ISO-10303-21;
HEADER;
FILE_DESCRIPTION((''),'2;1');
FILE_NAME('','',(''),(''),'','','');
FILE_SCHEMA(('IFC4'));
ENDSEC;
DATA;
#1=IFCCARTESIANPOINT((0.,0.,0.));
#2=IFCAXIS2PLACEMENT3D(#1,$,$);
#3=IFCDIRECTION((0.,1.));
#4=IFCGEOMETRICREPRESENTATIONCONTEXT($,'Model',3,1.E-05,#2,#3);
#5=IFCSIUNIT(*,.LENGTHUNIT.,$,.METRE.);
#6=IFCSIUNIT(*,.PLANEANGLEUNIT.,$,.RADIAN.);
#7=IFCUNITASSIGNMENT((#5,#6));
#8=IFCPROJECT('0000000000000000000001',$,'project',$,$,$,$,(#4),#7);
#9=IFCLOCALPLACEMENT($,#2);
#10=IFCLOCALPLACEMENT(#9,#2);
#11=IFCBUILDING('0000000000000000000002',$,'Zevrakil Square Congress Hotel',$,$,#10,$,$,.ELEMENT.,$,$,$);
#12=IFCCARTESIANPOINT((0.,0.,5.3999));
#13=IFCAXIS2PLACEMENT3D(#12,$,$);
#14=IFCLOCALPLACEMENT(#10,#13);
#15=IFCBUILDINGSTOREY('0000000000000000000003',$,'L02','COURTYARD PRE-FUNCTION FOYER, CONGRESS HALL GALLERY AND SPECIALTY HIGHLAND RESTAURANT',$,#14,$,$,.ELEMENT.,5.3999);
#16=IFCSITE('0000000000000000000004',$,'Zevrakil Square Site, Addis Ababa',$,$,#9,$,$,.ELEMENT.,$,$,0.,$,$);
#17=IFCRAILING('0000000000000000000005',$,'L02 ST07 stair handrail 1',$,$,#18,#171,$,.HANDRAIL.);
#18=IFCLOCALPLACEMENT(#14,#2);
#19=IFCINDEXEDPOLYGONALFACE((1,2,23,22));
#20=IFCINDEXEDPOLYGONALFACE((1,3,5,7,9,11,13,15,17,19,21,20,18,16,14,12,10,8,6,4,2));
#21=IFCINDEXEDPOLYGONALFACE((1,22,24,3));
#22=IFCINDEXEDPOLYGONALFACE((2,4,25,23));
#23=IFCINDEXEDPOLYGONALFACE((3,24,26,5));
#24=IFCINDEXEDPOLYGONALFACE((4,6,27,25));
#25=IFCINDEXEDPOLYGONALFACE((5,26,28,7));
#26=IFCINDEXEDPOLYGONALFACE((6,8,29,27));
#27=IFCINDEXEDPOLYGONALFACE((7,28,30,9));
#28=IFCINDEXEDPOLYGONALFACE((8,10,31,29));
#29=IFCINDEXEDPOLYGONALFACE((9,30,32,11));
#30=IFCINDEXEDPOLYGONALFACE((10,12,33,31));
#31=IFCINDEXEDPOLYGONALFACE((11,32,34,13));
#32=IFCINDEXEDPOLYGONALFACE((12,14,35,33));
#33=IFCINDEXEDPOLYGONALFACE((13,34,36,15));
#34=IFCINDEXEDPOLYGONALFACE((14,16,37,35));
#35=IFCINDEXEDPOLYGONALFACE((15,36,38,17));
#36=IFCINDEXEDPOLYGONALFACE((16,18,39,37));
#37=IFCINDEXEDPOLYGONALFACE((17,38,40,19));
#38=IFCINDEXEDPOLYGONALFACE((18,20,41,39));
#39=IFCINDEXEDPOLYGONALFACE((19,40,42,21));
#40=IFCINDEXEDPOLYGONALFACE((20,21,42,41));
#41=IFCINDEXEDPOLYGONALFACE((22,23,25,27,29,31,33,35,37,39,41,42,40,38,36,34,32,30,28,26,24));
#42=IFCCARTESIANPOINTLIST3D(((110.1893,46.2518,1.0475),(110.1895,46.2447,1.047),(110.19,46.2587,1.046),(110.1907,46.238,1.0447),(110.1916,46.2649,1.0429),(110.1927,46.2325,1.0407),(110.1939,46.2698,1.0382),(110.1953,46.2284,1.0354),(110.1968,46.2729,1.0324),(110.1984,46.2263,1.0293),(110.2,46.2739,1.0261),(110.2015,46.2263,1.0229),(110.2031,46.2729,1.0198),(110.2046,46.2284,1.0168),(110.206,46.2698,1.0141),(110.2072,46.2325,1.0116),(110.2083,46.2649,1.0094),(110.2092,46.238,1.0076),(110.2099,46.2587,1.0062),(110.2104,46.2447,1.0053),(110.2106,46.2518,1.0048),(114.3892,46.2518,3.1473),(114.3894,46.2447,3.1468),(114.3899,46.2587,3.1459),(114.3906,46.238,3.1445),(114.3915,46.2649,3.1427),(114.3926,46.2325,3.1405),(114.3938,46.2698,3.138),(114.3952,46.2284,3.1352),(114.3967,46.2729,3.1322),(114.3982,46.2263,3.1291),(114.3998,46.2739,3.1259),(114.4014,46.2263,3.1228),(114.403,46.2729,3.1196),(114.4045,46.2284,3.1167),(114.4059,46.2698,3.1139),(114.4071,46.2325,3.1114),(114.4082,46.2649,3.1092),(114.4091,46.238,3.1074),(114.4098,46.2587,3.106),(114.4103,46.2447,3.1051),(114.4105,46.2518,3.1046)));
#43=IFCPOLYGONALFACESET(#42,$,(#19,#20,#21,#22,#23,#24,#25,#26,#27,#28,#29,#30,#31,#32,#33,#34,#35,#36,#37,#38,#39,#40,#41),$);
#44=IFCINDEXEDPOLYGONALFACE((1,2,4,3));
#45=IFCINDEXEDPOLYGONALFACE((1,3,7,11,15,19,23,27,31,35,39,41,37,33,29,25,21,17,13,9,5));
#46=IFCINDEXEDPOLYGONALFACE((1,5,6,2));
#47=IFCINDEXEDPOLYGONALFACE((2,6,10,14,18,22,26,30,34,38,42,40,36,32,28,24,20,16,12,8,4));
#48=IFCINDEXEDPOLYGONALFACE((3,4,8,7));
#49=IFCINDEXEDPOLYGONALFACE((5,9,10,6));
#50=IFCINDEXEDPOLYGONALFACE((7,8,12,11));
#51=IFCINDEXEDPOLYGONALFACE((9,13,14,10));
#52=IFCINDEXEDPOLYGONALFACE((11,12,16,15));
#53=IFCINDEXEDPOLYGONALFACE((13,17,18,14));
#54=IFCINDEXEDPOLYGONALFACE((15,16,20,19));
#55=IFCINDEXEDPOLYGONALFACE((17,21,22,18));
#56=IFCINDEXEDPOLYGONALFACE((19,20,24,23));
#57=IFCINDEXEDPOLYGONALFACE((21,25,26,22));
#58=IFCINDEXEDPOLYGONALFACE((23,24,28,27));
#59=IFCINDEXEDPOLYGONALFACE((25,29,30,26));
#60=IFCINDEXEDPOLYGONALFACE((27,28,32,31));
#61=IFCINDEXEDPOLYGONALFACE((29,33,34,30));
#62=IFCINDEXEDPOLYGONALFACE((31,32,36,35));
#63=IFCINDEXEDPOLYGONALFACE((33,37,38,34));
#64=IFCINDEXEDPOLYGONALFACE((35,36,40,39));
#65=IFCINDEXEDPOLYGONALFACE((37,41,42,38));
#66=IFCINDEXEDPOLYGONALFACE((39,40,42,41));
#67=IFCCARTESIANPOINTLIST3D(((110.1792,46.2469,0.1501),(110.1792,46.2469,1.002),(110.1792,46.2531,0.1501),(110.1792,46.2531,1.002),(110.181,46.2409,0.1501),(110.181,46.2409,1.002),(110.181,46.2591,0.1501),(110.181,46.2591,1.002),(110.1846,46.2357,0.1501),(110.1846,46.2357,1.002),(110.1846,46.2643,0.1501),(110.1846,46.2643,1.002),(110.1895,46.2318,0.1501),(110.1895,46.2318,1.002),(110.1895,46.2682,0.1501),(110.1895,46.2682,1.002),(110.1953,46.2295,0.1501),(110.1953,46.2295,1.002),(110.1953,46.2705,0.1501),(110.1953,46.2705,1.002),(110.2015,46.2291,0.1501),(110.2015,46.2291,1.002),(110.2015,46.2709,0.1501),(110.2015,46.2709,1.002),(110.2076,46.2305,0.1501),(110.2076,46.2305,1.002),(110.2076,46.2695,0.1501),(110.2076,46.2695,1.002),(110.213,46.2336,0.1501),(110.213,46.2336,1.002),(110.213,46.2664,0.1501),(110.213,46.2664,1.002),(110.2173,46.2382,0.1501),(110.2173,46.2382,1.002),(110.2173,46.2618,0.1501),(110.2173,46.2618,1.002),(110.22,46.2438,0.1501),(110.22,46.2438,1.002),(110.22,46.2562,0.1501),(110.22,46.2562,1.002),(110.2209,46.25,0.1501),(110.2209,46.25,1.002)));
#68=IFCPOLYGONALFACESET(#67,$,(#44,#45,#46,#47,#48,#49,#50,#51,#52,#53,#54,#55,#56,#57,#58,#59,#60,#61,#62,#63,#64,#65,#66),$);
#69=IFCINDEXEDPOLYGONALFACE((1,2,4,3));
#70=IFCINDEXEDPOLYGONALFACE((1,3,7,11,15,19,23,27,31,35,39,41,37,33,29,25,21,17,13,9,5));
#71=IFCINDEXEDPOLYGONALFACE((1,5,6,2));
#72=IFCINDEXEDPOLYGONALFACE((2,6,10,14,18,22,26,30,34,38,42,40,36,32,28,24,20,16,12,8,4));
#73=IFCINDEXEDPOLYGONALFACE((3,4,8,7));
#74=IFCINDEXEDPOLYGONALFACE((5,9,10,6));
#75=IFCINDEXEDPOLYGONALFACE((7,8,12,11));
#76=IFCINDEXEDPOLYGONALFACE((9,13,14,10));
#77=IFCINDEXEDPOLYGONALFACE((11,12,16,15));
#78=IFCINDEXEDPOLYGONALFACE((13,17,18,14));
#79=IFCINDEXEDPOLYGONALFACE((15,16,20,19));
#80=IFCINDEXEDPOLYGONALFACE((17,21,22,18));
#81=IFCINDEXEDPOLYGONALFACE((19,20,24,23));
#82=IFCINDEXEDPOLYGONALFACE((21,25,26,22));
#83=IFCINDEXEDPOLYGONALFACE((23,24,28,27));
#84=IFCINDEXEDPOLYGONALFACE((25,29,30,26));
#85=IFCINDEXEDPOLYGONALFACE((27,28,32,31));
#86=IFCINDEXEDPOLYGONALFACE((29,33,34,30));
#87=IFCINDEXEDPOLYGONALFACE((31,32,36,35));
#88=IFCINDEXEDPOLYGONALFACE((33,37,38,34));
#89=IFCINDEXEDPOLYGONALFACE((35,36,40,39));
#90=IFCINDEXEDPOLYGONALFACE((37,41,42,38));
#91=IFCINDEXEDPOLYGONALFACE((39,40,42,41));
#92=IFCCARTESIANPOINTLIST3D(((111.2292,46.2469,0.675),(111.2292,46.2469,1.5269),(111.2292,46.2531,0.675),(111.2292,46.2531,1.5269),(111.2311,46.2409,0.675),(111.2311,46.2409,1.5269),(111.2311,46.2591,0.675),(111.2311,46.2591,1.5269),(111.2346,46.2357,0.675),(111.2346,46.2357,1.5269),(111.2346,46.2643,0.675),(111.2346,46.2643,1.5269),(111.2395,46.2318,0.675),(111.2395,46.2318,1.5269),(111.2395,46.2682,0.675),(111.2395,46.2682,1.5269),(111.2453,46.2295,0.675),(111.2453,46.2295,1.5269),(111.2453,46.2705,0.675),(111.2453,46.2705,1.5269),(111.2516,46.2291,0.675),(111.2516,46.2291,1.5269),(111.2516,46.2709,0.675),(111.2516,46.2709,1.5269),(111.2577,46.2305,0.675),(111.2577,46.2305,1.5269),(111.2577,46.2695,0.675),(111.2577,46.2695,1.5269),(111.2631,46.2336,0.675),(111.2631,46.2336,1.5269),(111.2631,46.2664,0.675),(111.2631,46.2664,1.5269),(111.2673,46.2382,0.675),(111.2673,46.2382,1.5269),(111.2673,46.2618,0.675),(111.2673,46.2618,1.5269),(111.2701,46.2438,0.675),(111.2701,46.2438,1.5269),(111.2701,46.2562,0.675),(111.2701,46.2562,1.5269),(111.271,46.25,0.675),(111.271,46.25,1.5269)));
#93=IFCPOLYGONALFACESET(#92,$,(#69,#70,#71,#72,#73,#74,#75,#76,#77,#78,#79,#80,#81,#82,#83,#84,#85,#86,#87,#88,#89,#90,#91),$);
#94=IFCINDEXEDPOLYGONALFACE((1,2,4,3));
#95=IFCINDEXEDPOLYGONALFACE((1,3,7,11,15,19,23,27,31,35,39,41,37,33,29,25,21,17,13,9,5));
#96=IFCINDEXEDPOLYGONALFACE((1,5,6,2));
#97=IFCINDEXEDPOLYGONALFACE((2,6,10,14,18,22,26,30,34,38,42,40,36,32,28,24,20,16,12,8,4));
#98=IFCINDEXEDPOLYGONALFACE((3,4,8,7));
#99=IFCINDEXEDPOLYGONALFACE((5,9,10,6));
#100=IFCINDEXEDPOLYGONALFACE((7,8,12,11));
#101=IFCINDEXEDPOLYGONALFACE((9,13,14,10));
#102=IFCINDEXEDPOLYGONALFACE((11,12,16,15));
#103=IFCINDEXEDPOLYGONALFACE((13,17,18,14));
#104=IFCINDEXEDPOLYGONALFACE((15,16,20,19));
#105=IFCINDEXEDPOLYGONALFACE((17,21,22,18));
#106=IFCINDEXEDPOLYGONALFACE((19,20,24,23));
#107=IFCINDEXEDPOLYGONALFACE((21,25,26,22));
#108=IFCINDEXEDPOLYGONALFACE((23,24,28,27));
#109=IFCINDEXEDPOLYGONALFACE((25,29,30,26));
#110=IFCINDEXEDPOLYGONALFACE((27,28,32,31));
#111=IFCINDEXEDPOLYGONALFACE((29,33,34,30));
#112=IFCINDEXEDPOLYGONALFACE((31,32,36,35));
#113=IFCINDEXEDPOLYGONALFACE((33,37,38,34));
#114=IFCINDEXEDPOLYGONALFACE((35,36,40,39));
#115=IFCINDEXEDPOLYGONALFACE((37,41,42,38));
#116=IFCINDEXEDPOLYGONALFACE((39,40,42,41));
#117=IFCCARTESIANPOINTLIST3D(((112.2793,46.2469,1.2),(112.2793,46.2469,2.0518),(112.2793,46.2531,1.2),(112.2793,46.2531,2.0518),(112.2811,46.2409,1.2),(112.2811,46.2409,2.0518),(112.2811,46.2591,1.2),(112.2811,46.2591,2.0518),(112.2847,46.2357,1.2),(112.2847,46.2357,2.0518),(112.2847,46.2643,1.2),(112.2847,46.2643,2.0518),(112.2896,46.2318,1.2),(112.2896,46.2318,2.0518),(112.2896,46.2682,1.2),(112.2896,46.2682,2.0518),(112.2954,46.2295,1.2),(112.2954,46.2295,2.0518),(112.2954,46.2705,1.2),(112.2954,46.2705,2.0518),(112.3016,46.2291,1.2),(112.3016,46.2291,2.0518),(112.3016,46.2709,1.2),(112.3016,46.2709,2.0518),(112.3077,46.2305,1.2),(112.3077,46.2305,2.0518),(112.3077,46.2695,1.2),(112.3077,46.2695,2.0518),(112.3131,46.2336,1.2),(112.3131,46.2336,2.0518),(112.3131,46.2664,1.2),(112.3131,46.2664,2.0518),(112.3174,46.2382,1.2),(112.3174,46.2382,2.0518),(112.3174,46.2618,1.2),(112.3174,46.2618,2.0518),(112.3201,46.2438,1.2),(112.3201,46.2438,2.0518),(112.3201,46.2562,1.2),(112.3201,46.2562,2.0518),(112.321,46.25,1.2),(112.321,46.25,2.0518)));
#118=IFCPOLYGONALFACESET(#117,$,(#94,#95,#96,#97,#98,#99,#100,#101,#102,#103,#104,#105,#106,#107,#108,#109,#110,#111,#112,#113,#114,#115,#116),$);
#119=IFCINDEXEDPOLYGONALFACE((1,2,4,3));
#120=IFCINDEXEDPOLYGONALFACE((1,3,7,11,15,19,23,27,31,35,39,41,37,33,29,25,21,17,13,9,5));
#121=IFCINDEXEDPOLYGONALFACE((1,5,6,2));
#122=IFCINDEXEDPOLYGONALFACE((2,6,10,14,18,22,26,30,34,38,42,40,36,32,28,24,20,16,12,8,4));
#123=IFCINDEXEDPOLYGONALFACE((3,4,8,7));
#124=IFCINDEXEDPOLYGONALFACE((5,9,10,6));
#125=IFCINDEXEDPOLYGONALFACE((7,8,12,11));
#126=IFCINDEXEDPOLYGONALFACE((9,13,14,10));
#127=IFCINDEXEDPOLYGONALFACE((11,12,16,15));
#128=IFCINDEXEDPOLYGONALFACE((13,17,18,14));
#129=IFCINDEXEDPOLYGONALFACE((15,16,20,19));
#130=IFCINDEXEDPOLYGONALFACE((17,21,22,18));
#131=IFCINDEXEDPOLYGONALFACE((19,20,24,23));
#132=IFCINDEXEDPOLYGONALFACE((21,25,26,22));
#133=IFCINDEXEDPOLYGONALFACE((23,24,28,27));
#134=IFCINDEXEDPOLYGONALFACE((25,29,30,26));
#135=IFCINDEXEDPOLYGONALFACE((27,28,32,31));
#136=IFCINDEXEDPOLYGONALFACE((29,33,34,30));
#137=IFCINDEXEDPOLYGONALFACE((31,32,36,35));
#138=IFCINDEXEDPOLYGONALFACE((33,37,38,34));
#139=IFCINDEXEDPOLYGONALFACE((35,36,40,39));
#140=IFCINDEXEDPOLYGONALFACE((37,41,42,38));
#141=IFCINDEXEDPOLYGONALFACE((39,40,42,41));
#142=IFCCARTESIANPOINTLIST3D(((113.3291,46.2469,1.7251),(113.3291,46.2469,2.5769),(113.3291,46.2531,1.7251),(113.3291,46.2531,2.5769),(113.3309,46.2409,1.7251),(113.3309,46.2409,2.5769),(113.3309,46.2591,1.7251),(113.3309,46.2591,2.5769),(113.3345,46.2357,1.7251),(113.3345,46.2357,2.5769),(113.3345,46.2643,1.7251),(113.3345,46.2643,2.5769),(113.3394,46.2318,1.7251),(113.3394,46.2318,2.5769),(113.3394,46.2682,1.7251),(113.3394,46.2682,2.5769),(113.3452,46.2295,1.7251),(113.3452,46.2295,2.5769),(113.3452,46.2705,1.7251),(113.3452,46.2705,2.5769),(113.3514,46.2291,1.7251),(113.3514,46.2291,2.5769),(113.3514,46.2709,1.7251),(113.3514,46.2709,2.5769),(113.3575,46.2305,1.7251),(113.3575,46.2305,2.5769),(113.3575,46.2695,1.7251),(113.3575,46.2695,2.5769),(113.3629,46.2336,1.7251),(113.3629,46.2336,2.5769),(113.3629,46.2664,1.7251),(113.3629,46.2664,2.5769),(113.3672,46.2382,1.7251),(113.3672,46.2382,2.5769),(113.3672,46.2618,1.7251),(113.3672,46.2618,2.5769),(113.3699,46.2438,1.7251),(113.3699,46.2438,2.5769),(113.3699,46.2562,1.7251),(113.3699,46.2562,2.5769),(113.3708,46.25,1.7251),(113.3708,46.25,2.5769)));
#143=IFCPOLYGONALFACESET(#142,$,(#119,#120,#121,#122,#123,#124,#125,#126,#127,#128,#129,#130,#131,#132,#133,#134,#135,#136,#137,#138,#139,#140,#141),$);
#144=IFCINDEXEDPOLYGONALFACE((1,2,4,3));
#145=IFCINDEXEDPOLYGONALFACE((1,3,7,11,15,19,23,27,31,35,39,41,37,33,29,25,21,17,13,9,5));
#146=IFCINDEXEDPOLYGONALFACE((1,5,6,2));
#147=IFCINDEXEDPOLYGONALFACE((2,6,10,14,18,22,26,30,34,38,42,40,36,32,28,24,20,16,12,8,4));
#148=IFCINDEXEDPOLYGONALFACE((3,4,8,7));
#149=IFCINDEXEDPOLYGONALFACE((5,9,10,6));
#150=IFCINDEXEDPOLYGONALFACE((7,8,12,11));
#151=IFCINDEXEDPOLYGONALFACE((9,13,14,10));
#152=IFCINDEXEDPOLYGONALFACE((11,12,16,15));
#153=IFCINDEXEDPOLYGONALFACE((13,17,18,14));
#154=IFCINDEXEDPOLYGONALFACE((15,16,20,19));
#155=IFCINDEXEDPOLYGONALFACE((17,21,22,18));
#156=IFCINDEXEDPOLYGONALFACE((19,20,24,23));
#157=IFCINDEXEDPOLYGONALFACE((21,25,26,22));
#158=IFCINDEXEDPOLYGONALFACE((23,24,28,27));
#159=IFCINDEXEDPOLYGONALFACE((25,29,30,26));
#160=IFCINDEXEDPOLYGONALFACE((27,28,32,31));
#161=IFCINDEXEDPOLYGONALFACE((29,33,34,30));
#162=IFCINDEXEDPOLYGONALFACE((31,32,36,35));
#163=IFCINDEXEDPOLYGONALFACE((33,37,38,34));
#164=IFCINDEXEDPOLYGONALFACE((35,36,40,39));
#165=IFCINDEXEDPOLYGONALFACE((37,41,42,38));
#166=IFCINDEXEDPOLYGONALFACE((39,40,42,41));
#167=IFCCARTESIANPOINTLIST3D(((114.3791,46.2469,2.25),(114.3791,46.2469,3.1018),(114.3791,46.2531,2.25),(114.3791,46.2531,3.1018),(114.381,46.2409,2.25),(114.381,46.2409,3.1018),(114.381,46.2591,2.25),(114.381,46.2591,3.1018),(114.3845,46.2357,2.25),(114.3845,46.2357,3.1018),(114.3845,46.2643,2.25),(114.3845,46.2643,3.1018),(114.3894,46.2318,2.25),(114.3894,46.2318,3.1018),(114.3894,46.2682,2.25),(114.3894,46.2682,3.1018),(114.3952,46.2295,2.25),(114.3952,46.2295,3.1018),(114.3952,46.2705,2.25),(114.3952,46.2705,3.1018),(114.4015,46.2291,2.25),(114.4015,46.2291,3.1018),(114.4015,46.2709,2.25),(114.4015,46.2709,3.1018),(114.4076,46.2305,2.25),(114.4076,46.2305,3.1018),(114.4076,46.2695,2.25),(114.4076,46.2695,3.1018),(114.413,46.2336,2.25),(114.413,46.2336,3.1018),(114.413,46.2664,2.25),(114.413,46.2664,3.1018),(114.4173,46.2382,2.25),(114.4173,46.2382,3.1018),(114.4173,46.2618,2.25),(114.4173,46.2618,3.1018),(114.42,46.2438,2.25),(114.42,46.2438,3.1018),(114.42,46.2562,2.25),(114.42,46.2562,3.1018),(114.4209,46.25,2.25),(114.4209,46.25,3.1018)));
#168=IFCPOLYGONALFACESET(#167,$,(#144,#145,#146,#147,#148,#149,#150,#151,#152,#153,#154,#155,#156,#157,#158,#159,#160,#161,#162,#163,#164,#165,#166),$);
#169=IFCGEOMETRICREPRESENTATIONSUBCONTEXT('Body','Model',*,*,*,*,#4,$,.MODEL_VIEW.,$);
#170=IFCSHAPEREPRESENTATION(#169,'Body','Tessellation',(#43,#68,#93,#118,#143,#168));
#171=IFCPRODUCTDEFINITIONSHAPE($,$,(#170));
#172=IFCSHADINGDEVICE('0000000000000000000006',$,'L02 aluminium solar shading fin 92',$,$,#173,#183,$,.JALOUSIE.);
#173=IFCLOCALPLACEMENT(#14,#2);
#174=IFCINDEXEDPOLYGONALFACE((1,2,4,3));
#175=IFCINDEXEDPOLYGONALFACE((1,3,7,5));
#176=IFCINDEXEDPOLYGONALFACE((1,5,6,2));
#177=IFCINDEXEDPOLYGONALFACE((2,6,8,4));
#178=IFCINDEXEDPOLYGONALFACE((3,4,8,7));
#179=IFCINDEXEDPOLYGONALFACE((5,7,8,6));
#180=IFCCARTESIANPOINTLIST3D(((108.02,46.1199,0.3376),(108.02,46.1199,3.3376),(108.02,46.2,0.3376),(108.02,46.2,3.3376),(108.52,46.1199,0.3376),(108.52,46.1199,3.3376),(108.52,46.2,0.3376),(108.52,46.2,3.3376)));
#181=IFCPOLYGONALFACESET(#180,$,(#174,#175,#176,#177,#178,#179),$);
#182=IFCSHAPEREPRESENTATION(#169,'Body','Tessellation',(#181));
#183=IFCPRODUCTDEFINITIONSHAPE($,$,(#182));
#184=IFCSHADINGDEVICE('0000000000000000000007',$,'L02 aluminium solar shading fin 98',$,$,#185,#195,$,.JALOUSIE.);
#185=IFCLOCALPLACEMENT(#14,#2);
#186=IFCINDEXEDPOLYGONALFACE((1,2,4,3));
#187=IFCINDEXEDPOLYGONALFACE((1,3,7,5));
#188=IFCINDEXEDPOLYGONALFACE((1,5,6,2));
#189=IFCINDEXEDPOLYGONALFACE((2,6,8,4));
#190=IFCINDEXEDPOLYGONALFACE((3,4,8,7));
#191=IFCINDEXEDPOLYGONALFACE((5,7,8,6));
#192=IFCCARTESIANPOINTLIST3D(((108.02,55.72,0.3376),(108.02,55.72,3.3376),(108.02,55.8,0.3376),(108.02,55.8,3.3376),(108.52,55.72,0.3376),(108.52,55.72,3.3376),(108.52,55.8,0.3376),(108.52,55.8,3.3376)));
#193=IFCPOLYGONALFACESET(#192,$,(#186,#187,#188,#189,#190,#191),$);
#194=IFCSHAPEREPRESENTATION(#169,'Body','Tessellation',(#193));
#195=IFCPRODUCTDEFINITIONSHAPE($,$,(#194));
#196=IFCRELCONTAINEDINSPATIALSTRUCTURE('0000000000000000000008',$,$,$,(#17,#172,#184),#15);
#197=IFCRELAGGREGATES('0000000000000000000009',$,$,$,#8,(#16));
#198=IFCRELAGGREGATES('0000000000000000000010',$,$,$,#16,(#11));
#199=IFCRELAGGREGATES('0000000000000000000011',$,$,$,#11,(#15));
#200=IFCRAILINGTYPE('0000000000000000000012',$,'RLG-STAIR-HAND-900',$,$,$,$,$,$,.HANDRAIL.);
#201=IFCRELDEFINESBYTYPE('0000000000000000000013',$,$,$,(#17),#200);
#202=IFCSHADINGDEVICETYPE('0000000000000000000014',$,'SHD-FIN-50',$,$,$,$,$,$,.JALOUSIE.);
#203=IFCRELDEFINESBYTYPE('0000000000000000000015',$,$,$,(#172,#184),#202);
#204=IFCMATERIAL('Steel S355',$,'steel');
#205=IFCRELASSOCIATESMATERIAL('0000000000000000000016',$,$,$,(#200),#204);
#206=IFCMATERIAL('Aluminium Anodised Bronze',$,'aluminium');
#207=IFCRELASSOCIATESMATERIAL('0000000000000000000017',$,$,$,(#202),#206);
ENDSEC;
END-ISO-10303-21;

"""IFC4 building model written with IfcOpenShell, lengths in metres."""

from ifc_helpers import new_model, si_unit, direction, frame, origin, origin_2d, place, context, subcontext, project, spatial, rectangle, circle, extrude, material, type_object, element, save


model = new_model("IFC4")

# Units and contexts
model_context = context("Model", 3, precision=1e-05, world=origin(), true_north=direction((0.0, 1.0)))
body_context = subcontext(model_context, "Body", "Model", "MODEL_VIEW")
ifc_project = project(units=[si_unit("LENGTHUNIT", "METRE"), si_unit("PLANEANGLEUNIT", "RADIAN")], contexts=[model_context])

# Site, building, storey
site_placement = place(None, origin())
site = spatial("IfcSite", under=ifc_project, at=site_placement, Name="Zevrakil Square Site, Addis Ababa", CompositionType="ELEMENT", RefElevation=0.0)
building_placement = place(site_placement, origin())
building = spatial("IfcBuilding", under=site, at=building_placement, Name="Zevrakil Square Congress Hotel", CompositionType="ELEMENT")
storey_placement = place(building_placement, frame((0.0, 0.0, 5.3999)))
storey = spatial("IfcBuildingStorey", under=building, at=storey_placement, Name="L02", Description="COURTYARD PRE-FUNCTION FOYER, CONGRESS HALL GALLERY AND SPECIALTY HIGHLAND RESTAURANT", CompositionType="ELEMENT", Elevation=5.3999)

# Railing
ifc_material_1 = material(Name="Steel S355", Category="steel")
railing_type_1 = type_object("IfcRailingType", Name="RLG-STAIR-HAND-900", PredefinedType="HANDRAIL", material=ifc_material_1)
railing_1_placement = place(storey_placement, frame((110.2, 46.25, 0.1501)))
element("IfcRailing", 1, at=railing_1_placement, inside=storey, type_object=railing_type_1, Name="L02 ST07 stair handrail 1", PredefinedType="HANDRAIL", context=body_context, shape_type="SweptSolid", body=[
    extrude(circle(Radius=0.0239, at=origin_2d()), frame((0.0, 0.0, 0.876), z_axis=(0.894438, 0.0, 0.447193), x_axis=(0.0, 1.0, 0.0)), (0.0, 0.0, 1.0), 4.6956),
    extrude(circle(Radius=0.021, at=origin_2d()), origin(), (0.0, 0.0, 1.0), 0.8518),
    extrude(circle(Radius=0.021, at=origin_2d()), frame((1.05, 0.0, 0.5249)), (0.0, 0.0, 1.0), 0.8518),
    extrude(circle(Radius=0.021, at=origin_2d()), frame((2.1001, 0.0, 1.0498)), (0.0, 0.0, 1.0), 0.8518),
    extrude(circle(Radius=0.021, at=origin_2d()), frame((3.1499, 0.0, 1.575)), (0.0, 0.0, 1.0), 0.8518),
    extrude(circle(Radius=0.021, at=origin_2d()), frame((4.2, 0.0, 2.0999)), (0.0, 0.0, 1.0), 0.8518),
])

# Shading devices
ifc_material_2 = material(Name="Aluminium Anodised Bronze", Category="aluminium")
shading_device_type = type_object("IfcShadingDeviceType", Name="SHD-FIN-50", PredefinedType="JALOUSIE", material=ifc_material_2)
for number, where, z_axis, x_axis, name in (
    (2, (108.27, 46.1599, 0.3376), (0.0, 0.0, 1.0), (1.0, 0.0, 0.0), "L02 aluminium solar shading fin 92"),
    (3, (108.27, 55.76, 0.3376), (0.0, 0.0, 1.0), (1.0, 0.0, 0.0), "L02 aluminium solar shading fin 98"),
):
    element("IfcShadingDevice", number, at=place(storey_placement, frame(where, z_axis=z_axis, x_axis=x_axis)), inside=storey, type_object=shading_device_type, Name=name, PredefinedType="JALOUSIE", context=body_context, shape_type="SweptSolid", body=[
        extrude(rectangle(XDim=0.5, YDim=0.0801, at=origin_2d()), origin(), (0.0, 0.0, 1.0), 3.0),
    ])

save(model, "model.ifc")
